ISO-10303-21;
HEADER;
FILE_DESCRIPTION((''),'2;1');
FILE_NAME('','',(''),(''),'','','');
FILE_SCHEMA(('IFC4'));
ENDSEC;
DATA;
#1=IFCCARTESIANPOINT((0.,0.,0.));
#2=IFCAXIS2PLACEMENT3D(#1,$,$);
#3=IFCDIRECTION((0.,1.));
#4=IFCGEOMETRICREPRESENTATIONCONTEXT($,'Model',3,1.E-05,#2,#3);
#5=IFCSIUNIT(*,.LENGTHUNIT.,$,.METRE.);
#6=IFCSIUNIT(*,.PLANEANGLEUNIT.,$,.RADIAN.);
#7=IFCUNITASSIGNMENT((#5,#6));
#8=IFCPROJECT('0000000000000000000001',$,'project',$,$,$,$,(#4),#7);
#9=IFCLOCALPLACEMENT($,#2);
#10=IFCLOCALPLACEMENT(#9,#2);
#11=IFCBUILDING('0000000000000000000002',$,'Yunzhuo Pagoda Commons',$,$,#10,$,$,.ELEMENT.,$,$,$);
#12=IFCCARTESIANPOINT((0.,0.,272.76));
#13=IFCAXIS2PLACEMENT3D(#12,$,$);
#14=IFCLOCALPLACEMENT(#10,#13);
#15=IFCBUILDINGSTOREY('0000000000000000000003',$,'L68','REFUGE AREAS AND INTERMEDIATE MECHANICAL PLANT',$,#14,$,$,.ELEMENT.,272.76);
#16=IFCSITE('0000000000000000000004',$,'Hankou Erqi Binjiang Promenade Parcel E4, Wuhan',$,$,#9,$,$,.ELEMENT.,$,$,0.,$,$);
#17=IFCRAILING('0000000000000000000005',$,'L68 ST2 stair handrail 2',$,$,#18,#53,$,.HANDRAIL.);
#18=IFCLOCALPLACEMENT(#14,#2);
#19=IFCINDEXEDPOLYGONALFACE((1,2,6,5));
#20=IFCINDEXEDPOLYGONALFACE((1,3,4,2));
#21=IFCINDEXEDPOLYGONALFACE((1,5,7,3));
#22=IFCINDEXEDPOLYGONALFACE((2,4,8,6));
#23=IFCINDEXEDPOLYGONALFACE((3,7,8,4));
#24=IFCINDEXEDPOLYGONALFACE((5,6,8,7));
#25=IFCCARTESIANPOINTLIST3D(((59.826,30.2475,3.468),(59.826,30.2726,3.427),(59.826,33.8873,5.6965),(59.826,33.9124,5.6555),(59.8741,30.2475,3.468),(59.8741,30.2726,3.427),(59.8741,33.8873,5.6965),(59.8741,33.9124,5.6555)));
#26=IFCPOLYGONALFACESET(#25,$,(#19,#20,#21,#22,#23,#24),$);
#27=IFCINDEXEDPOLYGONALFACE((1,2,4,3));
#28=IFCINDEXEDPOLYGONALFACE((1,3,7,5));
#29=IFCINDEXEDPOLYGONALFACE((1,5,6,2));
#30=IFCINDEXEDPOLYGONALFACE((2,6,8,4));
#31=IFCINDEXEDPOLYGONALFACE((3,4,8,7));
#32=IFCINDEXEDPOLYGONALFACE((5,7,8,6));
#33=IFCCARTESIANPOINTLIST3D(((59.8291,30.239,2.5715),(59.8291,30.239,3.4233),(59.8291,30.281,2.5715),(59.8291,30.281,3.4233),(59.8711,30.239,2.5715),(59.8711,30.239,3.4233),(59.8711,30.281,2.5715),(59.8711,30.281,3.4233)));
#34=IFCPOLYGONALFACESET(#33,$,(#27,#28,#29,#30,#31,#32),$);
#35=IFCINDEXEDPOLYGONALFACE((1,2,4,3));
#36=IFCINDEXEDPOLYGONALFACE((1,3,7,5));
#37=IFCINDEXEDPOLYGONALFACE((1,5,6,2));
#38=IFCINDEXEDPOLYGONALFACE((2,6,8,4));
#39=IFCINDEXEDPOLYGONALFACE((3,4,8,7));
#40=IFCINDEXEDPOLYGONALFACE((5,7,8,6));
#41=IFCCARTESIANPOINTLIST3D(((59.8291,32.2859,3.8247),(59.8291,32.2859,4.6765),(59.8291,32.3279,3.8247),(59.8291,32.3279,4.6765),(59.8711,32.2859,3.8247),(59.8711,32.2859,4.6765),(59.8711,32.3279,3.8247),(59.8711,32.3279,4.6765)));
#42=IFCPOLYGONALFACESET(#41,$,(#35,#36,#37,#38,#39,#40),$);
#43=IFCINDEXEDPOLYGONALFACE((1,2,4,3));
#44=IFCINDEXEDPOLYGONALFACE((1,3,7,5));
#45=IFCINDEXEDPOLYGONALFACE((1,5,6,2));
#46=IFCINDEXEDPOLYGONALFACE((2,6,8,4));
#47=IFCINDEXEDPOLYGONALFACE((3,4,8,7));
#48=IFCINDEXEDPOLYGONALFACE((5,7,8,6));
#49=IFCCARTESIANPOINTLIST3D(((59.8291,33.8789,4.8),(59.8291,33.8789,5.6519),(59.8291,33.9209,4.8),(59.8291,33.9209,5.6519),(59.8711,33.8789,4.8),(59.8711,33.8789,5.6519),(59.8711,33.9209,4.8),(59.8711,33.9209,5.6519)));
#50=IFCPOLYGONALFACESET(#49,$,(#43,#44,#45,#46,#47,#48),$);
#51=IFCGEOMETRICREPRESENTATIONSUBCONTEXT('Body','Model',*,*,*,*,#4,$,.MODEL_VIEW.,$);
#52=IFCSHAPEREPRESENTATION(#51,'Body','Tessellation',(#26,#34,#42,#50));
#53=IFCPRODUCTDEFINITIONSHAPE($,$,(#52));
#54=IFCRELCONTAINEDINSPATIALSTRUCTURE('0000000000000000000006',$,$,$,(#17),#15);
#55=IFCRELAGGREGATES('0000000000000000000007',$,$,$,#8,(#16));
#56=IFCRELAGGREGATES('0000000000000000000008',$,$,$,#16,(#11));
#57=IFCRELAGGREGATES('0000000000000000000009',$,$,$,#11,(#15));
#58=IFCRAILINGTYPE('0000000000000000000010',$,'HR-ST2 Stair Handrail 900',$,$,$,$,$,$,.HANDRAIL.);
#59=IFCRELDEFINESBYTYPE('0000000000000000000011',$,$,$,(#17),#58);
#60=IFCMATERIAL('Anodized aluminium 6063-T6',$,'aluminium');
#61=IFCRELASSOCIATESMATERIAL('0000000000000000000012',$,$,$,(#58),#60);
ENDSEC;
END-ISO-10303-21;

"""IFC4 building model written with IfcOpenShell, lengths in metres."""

from ifc_helpers import new_model, si_unit, direction, frame, origin, origin_2d, place, context, subcontext, project, spatial, rectangle, extrude, material, type_object, element, save


model = new_model("IFC4")

# Units and contexts
model_context = context("Model", 3, precision=1e-05, world=origin(), true_north=direction((0.0, 1.0)))
body_context = subcontext(model_context, "Body", "Model", "MODEL_VIEW")
ifc_project = project(units=[si_unit("LENGTHUNIT", "METRE"), si_unit("PLANEANGLEUNIT", "RADIAN")], contexts=[model_context])

# Site, building, storey
site_placement = place(None, origin())
site = spatial("IfcSite", under=ifc_project, at=site_placement, Name="Hankou Erqi Binjiang Promenade Parcel E4, Wuhan", CompositionType="ELEMENT", RefElevation=0.0)
building_placement = place(site_placement, origin())
building = spatial("IfcBuilding", under=site, at=building_placement, Name="Yunzhuo Pagoda Commons", CompositionType="ELEMENT")
storey_placement = place(building_placement, frame((0.0, 0.0, 272.76)))
storey = spatial("IfcBuildingStorey", under=building, at=storey_placement, Name="L68", Description="REFUGE AREAS AND INTERMEDIATE MECHANICAL PLANT", CompositionType="ELEMENT", Elevation=272.76)

# Railing
ifc_material_1 = material(Name="Anodized aluminium 6063-T6", Category="aluminium")
railing_type_1 = type_object("IfcRailingType", Name="HR-ST2 Stair Handrail 900", PredefinedType="HANDRAIL", material=ifc_material_1)
railing_1_placement = place(storey_placement, frame((59.8501, 30.26, 2.5715)))
element("IfcRailing", 1, at=railing_1_placement, inside=storey, type_object=railing_type_1, Name="L68 ST2 stair handrail 2", PredefinedType="HANDRAIL", context=body_context, shape_type="SweptSolid", body=[
    extrude(rectangle(XDim=0.0481, YDim=0.0481, at=origin_2d()), frame((0.0, 0.0, 0.876), z_axis=(0.0, 0.85285, 0.522156), x_axis=(-1.0, 0.0, 0.0)), (0.0, 0.0, 1.0), 4.2678),
    extrude(rectangle(XDim=0.042, YDim=0.042, at=origin_2d()), origin(), (0.0, 0.0, 1.0), 0.8518),
    extrude(rectangle(XDim=0.042, YDim=0.042, at=origin_2d()), frame((0.0, 2.0469, 1.2532)), (0.0, 0.0, 1.0), 0.8518),
    extrude(rectangle(XDim=0.042, YDim=0.042, at=origin_2d()), frame((0.0, 3.6399, 2.2285)), (0.0, 0.0, 1.0), 0.8518),
])

save(model, "model.ifc")
